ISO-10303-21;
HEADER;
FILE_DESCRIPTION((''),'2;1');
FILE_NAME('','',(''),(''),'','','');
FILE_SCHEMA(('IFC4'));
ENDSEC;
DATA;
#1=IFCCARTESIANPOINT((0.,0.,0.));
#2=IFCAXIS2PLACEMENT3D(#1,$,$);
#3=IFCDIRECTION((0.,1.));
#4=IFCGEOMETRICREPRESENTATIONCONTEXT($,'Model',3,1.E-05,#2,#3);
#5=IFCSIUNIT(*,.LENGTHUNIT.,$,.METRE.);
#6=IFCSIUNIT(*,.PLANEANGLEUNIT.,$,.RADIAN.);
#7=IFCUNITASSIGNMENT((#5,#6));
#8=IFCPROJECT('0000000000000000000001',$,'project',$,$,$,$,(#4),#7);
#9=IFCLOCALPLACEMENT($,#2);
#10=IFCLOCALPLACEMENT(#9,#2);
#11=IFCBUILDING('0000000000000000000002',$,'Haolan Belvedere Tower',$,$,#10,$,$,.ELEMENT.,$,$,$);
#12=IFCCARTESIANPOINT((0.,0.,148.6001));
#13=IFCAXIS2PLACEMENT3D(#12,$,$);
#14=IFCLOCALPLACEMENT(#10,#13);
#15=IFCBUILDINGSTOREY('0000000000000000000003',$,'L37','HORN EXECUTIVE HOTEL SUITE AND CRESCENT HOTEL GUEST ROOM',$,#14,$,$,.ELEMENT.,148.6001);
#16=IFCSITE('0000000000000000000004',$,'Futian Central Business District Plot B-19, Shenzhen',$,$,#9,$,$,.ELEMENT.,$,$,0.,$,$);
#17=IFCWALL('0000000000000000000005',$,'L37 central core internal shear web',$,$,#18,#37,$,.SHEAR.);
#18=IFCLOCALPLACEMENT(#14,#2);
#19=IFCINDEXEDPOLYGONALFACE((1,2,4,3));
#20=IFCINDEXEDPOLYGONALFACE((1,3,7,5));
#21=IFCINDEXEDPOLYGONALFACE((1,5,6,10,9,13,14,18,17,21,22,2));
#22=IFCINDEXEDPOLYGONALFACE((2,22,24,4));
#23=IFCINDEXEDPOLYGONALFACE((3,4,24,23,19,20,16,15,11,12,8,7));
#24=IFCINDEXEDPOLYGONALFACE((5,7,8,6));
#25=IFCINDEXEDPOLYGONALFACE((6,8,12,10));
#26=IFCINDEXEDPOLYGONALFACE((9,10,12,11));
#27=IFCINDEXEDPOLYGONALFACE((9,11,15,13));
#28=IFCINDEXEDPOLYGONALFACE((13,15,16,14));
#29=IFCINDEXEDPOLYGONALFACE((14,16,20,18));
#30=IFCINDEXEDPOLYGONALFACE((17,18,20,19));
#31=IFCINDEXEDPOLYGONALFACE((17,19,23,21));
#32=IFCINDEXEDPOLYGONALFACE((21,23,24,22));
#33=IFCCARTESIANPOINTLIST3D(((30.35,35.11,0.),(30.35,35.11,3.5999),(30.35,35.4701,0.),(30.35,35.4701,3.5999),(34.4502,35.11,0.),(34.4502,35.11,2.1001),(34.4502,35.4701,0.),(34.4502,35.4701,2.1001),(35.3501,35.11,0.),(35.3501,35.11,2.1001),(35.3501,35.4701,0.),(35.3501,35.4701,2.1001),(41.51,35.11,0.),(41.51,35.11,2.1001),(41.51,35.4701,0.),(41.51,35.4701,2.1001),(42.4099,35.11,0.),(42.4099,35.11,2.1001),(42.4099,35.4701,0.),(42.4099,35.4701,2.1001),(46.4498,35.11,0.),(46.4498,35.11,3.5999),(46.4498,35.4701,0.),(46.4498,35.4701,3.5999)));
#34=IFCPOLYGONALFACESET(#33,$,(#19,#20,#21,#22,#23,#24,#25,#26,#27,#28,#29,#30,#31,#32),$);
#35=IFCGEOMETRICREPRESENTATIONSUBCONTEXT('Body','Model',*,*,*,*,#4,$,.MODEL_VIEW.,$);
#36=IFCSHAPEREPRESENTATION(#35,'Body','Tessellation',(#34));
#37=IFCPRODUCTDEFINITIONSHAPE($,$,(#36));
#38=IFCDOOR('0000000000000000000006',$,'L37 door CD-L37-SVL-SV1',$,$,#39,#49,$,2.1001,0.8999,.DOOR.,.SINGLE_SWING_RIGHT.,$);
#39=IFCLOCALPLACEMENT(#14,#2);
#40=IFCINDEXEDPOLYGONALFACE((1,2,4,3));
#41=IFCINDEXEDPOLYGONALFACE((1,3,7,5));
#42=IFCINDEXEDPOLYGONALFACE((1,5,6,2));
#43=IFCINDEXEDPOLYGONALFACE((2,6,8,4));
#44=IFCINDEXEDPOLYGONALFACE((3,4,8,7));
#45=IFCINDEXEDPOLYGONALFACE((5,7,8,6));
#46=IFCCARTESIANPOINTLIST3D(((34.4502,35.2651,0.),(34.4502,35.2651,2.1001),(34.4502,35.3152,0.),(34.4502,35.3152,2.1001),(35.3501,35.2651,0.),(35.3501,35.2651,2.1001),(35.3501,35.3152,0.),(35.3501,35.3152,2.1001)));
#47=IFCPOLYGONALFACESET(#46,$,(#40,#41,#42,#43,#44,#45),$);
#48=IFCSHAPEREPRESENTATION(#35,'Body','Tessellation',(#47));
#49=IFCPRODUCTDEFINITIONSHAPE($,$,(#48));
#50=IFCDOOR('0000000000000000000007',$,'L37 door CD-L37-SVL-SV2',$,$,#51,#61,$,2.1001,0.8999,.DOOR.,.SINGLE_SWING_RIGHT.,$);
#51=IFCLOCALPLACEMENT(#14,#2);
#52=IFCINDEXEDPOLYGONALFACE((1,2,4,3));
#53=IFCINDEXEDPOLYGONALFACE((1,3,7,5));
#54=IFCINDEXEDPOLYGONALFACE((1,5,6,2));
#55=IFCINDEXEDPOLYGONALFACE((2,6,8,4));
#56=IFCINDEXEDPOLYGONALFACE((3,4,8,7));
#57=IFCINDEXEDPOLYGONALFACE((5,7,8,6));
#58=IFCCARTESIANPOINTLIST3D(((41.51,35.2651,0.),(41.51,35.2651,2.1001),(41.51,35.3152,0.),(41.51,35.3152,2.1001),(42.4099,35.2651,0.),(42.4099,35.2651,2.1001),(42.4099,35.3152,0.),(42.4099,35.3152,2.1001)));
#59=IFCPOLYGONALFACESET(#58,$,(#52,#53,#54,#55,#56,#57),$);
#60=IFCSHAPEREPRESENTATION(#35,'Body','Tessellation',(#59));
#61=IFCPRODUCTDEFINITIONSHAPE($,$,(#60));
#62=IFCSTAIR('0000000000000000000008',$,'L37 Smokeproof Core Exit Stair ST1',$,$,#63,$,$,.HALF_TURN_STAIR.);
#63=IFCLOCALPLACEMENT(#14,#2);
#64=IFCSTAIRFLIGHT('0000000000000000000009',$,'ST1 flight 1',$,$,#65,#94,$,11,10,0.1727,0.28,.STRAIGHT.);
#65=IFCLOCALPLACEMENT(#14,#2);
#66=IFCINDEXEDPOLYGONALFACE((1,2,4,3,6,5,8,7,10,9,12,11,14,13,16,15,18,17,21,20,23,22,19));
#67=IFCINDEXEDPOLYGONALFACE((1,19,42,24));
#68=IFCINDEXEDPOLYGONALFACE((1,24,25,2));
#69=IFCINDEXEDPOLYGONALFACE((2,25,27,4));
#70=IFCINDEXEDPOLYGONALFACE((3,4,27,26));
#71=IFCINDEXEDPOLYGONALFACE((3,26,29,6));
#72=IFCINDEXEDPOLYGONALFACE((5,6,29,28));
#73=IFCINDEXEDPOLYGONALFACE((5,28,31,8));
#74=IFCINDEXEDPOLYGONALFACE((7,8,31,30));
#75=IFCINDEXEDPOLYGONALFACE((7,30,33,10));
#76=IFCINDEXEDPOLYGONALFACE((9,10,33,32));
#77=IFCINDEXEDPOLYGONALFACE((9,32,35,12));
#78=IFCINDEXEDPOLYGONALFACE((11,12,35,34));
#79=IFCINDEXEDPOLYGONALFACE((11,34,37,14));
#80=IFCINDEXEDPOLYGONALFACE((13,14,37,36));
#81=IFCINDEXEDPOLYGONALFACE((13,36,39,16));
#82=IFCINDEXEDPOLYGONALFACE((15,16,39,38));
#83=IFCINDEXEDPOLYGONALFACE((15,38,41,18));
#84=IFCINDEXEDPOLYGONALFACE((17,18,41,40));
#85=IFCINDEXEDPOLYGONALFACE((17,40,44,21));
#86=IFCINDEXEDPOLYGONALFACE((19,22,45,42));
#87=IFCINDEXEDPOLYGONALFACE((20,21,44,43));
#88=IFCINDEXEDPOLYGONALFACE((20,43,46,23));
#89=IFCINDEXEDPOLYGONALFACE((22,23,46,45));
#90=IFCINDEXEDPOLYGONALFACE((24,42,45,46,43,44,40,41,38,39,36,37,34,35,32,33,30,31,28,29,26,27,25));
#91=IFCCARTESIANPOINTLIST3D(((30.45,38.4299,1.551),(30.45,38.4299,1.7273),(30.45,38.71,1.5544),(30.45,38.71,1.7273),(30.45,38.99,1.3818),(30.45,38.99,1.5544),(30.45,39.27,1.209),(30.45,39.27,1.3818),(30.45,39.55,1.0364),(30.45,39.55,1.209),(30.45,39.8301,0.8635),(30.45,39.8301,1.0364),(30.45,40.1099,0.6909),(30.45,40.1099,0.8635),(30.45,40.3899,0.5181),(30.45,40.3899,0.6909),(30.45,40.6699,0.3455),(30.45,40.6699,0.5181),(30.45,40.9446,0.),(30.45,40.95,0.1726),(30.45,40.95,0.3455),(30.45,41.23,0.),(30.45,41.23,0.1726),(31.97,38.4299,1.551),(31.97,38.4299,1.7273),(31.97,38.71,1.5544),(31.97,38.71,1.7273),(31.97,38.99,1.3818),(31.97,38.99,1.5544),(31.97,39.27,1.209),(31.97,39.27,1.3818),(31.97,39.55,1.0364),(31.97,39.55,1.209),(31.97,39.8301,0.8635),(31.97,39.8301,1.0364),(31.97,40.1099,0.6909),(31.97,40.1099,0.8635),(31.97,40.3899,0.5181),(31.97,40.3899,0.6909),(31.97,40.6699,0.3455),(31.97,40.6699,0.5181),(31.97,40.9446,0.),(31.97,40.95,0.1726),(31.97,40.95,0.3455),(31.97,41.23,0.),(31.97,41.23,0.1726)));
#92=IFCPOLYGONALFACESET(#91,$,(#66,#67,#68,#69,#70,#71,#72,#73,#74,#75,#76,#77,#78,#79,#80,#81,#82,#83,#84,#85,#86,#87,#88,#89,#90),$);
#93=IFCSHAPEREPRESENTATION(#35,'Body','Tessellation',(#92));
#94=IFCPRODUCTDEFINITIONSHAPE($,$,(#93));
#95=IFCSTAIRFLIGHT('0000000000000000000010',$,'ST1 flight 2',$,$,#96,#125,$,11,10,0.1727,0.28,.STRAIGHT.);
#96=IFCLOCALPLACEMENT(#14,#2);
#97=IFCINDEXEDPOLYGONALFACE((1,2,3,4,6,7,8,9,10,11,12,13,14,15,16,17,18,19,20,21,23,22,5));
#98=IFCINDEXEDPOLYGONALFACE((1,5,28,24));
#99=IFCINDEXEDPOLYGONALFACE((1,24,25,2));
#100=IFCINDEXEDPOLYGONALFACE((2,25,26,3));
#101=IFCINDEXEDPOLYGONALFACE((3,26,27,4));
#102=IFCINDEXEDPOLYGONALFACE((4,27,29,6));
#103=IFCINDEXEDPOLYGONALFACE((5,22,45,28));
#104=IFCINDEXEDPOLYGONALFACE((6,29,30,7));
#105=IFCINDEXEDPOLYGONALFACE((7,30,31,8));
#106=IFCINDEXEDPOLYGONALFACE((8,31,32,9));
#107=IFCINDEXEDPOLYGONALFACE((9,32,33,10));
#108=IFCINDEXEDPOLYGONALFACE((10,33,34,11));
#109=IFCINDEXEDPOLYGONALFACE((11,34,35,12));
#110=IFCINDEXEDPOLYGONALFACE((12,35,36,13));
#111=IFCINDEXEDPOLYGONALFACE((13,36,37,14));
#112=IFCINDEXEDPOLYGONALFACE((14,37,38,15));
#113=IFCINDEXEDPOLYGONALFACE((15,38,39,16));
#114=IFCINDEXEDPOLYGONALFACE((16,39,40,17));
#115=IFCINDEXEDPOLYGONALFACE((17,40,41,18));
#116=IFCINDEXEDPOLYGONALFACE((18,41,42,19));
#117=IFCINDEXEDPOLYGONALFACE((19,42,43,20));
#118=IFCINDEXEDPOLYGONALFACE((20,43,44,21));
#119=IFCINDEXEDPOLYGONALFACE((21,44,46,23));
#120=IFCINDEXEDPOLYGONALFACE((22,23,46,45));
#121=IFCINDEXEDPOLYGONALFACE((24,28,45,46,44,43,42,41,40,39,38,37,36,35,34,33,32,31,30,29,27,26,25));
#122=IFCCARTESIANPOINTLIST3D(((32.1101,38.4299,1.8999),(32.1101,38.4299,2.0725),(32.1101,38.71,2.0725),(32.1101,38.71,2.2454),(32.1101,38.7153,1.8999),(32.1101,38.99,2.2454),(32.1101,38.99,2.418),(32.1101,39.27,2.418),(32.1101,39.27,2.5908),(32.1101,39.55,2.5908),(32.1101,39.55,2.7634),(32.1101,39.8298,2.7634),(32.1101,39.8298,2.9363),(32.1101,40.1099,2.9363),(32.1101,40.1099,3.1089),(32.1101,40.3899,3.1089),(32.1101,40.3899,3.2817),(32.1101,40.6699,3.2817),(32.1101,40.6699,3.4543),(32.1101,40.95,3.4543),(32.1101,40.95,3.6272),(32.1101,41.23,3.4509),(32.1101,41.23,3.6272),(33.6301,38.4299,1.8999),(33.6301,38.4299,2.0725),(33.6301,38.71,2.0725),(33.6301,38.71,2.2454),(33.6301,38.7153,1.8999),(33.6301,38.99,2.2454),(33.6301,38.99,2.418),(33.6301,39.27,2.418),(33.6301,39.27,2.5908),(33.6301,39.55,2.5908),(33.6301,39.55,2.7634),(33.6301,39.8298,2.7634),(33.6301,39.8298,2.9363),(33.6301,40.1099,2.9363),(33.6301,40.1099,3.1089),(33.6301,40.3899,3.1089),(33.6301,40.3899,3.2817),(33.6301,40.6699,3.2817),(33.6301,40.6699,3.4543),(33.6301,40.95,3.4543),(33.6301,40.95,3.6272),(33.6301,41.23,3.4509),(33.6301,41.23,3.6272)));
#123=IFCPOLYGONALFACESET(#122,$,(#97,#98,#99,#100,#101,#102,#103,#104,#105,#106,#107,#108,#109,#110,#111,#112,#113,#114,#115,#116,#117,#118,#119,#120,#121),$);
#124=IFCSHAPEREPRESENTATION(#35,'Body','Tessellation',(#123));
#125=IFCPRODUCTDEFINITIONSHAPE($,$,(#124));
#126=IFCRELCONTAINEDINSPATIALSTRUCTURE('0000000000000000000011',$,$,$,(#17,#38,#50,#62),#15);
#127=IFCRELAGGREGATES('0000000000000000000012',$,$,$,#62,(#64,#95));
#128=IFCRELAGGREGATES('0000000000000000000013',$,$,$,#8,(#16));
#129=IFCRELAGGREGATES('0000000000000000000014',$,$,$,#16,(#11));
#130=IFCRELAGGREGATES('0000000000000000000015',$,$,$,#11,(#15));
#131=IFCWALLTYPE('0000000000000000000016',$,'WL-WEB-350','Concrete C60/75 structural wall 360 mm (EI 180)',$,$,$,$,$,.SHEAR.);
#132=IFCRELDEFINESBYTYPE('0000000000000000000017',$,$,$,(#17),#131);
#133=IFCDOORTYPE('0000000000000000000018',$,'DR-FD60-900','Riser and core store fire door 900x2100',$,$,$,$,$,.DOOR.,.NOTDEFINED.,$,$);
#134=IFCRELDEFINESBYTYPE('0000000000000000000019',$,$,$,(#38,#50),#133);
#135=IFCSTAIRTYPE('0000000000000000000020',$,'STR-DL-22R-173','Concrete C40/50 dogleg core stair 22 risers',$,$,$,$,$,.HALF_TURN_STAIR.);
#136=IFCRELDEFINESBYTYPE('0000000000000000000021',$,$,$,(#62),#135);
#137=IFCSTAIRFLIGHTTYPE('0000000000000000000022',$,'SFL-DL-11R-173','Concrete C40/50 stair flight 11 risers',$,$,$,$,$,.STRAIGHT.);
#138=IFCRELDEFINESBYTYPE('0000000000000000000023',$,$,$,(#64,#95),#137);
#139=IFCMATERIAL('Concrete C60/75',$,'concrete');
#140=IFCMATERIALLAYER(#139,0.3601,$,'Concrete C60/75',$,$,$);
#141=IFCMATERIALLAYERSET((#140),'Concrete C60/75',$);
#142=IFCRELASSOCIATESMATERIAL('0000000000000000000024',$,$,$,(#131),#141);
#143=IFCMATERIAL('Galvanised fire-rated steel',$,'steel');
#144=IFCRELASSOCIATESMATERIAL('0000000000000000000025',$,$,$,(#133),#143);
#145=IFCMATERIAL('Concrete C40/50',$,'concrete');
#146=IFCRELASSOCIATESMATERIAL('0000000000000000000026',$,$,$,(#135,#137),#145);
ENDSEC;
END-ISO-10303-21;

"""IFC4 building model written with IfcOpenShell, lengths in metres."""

from ifc_helpers import new_model, si_unit, direction, frame, frame_2d, origin, place, context, subcontext, project, spatial, polyline, rectangle, outline, extrude, material, layer, layer_set, type_object, element, fill, aggregate, save


model = new_model("IFC4")

# Units and contexts
model_context = context("Model", 3, precision=1e-05, world=origin(), true_north=direction((0.0, 1.0)))
body_context = subcontext(model_context, "Body", "Model", "MODEL_VIEW")
ifc_project = project(units=[si_unit("LENGTHUNIT", "METRE"), si_unit("PLANEANGLEUNIT", "RADIAN")], contexts=[model_context])

# Site, building, storey
site_placement = place(None, origin())
site = spatial("IfcSite", under=ifc_project, at=site_placement, Name="Futian Central Business District Plot B-19, Shenzhen", CompositionType="ELEMENT", RefElevation=0.0)
building_placement = place(site_placement, origin())
building = spatial("IfcBuilding", under=site, at=building_placement, Name="Haolan Belvedere Tower", CompositionType="ELEMENT")
storey_placement = place(building_placement, frame((0.0, 0.0, 148.6001)))
storey = spatial("IfcBuildingStorey", under=building, at=storey_placement, Name="L37", Description="HORN EXECUTIVE HOTEL SUITE AND CRESCENT HOTEL GUEST ROOM", CompositionType="ELEMENT", Elevation=148.6001)

# Shared definitions
ifc_material_1 = material(Name="Concrete C60/75", Category="concrete")

# Wall, openings, doors
ifc_layer_1 = layer(ifc_material_1, 0.3601, Name="Concrete C60/75")
ifc_layer_set_1 = layer_set([ifc_layer_1], Name="Concrete C60/75")
wall_type_1 = type_object("IfcWallType", Name="WL-WEB-350", Description="Concrete C60/75 structural wall 360 mm (EI 180)", PredefinedType="SHEAR", material=ifc_layer_set_1)
wall_1_placement = place(storey_placement, frame((30.3501, 35.29, 0.0), z_axis=(0.0, 0.0, 1.0), x_axis=(1.0, 0.0, 0.0)))
wall_1 = element("IfcWall", 1, at=wall_1_placement, inside=storey, type_object=wall_type_1, Name="L37 central core internal shear web", PredefinedType="SHEAR", context=body_context, shape_type="SweptSolid", body=[
    extrude(rectangle(XDim=16.0999, YDim=0.3601, at=frame_2d((8.0498, 0.0))), origin(), (0.0, 0.0, 1.0), 3.5999),
])
opening_1_placement = place(wall_1_placement, frame((5.0, 0.0, 0.0), z_axis=(0.0, 0.0, 1.0), x_axis=(-1.0, 0.0, 0.0)))
opening_1 = element("IfcOpeningElement", 2, at=opening_1_placement, cuts=wall_1, PredefinedType="OPENING", context=body_context, shape_type="SweptSolid", body=[
    extrude(rectangle(XDim=0.8999, YDim=2.1001, at=frame_2d((0.45, 1.05))), frame((0.0, 0.1899, 0.0), z_axis=(0.0, -1.0, 0.0), x_axis=(1.0, 0.0, 0.0)), (0.0, 0.0, 1.0), 0.3801),
])
opening_2_placement = place(wall_1_placement, frame((12.0598, 0.0, 0.0), z_axis=(0.0, 0.0, 1.0), x_axis=(-1.0, 0.0, 0.0)))
opening_2 = element("IfcOpeningElement", 3, at=opening_2_placement, cuts=wall_1, PredefinedType="OPENING", context=body_context, shape_type="SweptSolid", body=[
    extrude(rectangle(XDim=0.8999, YDim=2.1001, at=frame_2d((0.45, 1.05))), frame((0.0, 0.1899, 0.0), z_axis=(0.0, -1.0, 0.0), x_axis=(1.0, 0.0, 0.0)), (0.0, 0.0, 1.0), 0.3801),
])
ifc_material_2 = material(Name="Galvanised fire-rated steel", Category="steel")
door_type_1 = type_object("IfcDoorType", Name="DR-FD60-900", Description="Riser and core store fire door 900x2100", OperationType="NOTDEFINED", PredefinedType="DOOR", material=ifc_material_2)
door_1_placement = place(opening_1_placement, origin())
door_1 = element("IfcDoor", 4, at=door_1_placement, inside=storey, type_object=door_type_1, Name="L37 door CD-L37-SVL-SV1", OperationType="SINGLE_SWING_RIGHT", OverallHeight=2.1001, OverallWidth=0.8999, PredefinedType="DOOR", context=body_context, shape_type="SweptSolid", body=[
    extrude(rectangle(XDim=0.8999, YDim=2.1001, at=frame_2d((0.45, 1.05))), frame((0.0, 0.0249, 0.0), z_axis=(0.0, -1.0, 0.0), x_axis=(1.0, 0.0, 0.0)), (0.0, 0.0, 1.0), 0.05),
])
fill(opening_1, door_1)
door_2_placement = place(opening_2_placement, origin())
door_2 = element("IfcDoor", 5, at=door_2_placement, inside=storey, type_object=door_type_1, Name="L37 door CD-L37-SVL-SV2", OperationType="SINGLE_SWING_RIGHT", OverallHeight=2.1001, OverallWidth=0.8999, PredefinedType="DOOR", context=body_context, shape_type="SweptSolid", body=[
    extrude(rectangle(XDim=0.8999, YDim=2.1001, at=frame_2d((0.45, 1.05))), frame((0.0, 0.0249, 0.0), z_axis=(0.0, -1.0, 0.0), x_axis=(1.0, 0.0, 0.0)), (0.0, 0.0, 1.0), 0.05),
])
fill(opening_2, door_2)

# Stair, stair flights
ifc_material_3 = material(Name="Concrete C40/50", Category="concrete")
stair_type = type_object("IfcStairType", Name="STR-DL-22R-173", Description="Concrete C40/50 dogleg core stair 22 risers", PredefinedType="HALF_TURN_STAIR", material=ifc_material_3)
stair_placement = place(storey_placement, origin())
stair = element("IfcStair", 6, at=stair_placement, inside=storey, type_object=stair_type, Name="L37 Smokeproof Core Exit Stair ST1", PredefinedType="HALF_TURN_STAIR")
stair_flight_type = type_object("IfcStairFlightType", Name="SFL-DL-11R-173", Description="Concrete C40/50 stair flight 11 risers", PredefinedType="STRAIGHT", material=ifc_material_3)
stair_flight_1_placement = place(storey_placement, frame((31.21, 41.23, 0.0), z_axis=(0.0, 0.0, 1.0), x_axis=(0.0, -1.0, 0.0)))
stair_flight_1 = element("IfcStairFlight", 7, at=stair_flight_1_placement, type_object=stair_flight_type, Name="ST1 flight 1", NumberOfRisers=11, NumberOfTreads=10, PredefinedType="STRAIGHT", RiserHeight=0.1727, TreadLength=0.28, context=body_context, shape_type="SweptSolid", body=[
    extrude(outline(polyline([(0.0, 0.0), (0.0, 0.1726), (0.28, 0.1726), (0.28, 0.3455), (0.5601, 0.3455), (0.5601, 0.5181), (0.8401, 0.5181), (0.8401, 0.6909), (1.1201, 0.6909), (1.1201, 0.8635), (1.3999, 0.8635), (1.3999, 1.0364), (1.6799, 1.0364), (1.6799, 1.209), (1.96, 1.209), (1.96, 1.3818), (2.24, 1.3818), (2.24, 1.5544), (2.52, 1.5544), (2.52, 1.7273), (2.8, 1.7273), (2.8, 1.8999), (2.8, 1.551), (0.2854, 0.0), (0.0, 0.0)])), frame((0.0, 0.76, 0.0), z_axis=(0.0, -1.0, 0.0), x_axis=(1.0, 0.0, 0.0)), (0.0, 0.0, 1.0), 1.52),
])
stair_flight_2_placement = place(storey_placement, frame((32.8701, 38.4299, 1.8999), z_axis=(0.0, 0.0, 1.0), x_axis=(0.0, 1.0, 0.0)))
stair_flight_2 = element("IfcStairFlight", 8, at=stair_flight_2_placement, type_object=stair_flight_type, Name="ST1 flight 2", NumberOfRisers=11, NumberOfTreads=10, PredefinedType="STRAIGHT", RiserHeight=0.1727, TreadLength=0.28, context=body_context, shape_type="SweptSolid", body=[
    extrude(outline(polyline([(0.0, 0.0), (0.0, 0.1726), (0.28, 0.1726), (0.28, 0.3455), (0.5601, 0.3455), (0.5601, 0.5181), (0.8401, 0.5181), (0.8401, 0.6909), (1.1201, 0.6909), (1.1201, 0.8635), (1.3999, 0.8635), (1.3999, 1.0364), (1.6799, 1.0364), (1.6799, 1.209), (1.96, 1.209), (1.96, 1.3818), (2.24, 1.3818), (2.24, 1.5544), (2.52, 1.5544), (2.52, 1.7273), (2.8, 1.7273), (2.8, 1.8999), (2.8, 1.551), (0.2854, 0.0), (0.0, 0.0)])), frame((0.0, 0.76, 0.0), z_axis=(0.0, -1.0, 0.0), x_axis=(1.0, 0.0, 0.0)), (0.0, 0.0, 1.0), 1.52),
])
aggregate(stair, [stair_flight_1, stair_flight_2])

save(model, "model.ifc")
